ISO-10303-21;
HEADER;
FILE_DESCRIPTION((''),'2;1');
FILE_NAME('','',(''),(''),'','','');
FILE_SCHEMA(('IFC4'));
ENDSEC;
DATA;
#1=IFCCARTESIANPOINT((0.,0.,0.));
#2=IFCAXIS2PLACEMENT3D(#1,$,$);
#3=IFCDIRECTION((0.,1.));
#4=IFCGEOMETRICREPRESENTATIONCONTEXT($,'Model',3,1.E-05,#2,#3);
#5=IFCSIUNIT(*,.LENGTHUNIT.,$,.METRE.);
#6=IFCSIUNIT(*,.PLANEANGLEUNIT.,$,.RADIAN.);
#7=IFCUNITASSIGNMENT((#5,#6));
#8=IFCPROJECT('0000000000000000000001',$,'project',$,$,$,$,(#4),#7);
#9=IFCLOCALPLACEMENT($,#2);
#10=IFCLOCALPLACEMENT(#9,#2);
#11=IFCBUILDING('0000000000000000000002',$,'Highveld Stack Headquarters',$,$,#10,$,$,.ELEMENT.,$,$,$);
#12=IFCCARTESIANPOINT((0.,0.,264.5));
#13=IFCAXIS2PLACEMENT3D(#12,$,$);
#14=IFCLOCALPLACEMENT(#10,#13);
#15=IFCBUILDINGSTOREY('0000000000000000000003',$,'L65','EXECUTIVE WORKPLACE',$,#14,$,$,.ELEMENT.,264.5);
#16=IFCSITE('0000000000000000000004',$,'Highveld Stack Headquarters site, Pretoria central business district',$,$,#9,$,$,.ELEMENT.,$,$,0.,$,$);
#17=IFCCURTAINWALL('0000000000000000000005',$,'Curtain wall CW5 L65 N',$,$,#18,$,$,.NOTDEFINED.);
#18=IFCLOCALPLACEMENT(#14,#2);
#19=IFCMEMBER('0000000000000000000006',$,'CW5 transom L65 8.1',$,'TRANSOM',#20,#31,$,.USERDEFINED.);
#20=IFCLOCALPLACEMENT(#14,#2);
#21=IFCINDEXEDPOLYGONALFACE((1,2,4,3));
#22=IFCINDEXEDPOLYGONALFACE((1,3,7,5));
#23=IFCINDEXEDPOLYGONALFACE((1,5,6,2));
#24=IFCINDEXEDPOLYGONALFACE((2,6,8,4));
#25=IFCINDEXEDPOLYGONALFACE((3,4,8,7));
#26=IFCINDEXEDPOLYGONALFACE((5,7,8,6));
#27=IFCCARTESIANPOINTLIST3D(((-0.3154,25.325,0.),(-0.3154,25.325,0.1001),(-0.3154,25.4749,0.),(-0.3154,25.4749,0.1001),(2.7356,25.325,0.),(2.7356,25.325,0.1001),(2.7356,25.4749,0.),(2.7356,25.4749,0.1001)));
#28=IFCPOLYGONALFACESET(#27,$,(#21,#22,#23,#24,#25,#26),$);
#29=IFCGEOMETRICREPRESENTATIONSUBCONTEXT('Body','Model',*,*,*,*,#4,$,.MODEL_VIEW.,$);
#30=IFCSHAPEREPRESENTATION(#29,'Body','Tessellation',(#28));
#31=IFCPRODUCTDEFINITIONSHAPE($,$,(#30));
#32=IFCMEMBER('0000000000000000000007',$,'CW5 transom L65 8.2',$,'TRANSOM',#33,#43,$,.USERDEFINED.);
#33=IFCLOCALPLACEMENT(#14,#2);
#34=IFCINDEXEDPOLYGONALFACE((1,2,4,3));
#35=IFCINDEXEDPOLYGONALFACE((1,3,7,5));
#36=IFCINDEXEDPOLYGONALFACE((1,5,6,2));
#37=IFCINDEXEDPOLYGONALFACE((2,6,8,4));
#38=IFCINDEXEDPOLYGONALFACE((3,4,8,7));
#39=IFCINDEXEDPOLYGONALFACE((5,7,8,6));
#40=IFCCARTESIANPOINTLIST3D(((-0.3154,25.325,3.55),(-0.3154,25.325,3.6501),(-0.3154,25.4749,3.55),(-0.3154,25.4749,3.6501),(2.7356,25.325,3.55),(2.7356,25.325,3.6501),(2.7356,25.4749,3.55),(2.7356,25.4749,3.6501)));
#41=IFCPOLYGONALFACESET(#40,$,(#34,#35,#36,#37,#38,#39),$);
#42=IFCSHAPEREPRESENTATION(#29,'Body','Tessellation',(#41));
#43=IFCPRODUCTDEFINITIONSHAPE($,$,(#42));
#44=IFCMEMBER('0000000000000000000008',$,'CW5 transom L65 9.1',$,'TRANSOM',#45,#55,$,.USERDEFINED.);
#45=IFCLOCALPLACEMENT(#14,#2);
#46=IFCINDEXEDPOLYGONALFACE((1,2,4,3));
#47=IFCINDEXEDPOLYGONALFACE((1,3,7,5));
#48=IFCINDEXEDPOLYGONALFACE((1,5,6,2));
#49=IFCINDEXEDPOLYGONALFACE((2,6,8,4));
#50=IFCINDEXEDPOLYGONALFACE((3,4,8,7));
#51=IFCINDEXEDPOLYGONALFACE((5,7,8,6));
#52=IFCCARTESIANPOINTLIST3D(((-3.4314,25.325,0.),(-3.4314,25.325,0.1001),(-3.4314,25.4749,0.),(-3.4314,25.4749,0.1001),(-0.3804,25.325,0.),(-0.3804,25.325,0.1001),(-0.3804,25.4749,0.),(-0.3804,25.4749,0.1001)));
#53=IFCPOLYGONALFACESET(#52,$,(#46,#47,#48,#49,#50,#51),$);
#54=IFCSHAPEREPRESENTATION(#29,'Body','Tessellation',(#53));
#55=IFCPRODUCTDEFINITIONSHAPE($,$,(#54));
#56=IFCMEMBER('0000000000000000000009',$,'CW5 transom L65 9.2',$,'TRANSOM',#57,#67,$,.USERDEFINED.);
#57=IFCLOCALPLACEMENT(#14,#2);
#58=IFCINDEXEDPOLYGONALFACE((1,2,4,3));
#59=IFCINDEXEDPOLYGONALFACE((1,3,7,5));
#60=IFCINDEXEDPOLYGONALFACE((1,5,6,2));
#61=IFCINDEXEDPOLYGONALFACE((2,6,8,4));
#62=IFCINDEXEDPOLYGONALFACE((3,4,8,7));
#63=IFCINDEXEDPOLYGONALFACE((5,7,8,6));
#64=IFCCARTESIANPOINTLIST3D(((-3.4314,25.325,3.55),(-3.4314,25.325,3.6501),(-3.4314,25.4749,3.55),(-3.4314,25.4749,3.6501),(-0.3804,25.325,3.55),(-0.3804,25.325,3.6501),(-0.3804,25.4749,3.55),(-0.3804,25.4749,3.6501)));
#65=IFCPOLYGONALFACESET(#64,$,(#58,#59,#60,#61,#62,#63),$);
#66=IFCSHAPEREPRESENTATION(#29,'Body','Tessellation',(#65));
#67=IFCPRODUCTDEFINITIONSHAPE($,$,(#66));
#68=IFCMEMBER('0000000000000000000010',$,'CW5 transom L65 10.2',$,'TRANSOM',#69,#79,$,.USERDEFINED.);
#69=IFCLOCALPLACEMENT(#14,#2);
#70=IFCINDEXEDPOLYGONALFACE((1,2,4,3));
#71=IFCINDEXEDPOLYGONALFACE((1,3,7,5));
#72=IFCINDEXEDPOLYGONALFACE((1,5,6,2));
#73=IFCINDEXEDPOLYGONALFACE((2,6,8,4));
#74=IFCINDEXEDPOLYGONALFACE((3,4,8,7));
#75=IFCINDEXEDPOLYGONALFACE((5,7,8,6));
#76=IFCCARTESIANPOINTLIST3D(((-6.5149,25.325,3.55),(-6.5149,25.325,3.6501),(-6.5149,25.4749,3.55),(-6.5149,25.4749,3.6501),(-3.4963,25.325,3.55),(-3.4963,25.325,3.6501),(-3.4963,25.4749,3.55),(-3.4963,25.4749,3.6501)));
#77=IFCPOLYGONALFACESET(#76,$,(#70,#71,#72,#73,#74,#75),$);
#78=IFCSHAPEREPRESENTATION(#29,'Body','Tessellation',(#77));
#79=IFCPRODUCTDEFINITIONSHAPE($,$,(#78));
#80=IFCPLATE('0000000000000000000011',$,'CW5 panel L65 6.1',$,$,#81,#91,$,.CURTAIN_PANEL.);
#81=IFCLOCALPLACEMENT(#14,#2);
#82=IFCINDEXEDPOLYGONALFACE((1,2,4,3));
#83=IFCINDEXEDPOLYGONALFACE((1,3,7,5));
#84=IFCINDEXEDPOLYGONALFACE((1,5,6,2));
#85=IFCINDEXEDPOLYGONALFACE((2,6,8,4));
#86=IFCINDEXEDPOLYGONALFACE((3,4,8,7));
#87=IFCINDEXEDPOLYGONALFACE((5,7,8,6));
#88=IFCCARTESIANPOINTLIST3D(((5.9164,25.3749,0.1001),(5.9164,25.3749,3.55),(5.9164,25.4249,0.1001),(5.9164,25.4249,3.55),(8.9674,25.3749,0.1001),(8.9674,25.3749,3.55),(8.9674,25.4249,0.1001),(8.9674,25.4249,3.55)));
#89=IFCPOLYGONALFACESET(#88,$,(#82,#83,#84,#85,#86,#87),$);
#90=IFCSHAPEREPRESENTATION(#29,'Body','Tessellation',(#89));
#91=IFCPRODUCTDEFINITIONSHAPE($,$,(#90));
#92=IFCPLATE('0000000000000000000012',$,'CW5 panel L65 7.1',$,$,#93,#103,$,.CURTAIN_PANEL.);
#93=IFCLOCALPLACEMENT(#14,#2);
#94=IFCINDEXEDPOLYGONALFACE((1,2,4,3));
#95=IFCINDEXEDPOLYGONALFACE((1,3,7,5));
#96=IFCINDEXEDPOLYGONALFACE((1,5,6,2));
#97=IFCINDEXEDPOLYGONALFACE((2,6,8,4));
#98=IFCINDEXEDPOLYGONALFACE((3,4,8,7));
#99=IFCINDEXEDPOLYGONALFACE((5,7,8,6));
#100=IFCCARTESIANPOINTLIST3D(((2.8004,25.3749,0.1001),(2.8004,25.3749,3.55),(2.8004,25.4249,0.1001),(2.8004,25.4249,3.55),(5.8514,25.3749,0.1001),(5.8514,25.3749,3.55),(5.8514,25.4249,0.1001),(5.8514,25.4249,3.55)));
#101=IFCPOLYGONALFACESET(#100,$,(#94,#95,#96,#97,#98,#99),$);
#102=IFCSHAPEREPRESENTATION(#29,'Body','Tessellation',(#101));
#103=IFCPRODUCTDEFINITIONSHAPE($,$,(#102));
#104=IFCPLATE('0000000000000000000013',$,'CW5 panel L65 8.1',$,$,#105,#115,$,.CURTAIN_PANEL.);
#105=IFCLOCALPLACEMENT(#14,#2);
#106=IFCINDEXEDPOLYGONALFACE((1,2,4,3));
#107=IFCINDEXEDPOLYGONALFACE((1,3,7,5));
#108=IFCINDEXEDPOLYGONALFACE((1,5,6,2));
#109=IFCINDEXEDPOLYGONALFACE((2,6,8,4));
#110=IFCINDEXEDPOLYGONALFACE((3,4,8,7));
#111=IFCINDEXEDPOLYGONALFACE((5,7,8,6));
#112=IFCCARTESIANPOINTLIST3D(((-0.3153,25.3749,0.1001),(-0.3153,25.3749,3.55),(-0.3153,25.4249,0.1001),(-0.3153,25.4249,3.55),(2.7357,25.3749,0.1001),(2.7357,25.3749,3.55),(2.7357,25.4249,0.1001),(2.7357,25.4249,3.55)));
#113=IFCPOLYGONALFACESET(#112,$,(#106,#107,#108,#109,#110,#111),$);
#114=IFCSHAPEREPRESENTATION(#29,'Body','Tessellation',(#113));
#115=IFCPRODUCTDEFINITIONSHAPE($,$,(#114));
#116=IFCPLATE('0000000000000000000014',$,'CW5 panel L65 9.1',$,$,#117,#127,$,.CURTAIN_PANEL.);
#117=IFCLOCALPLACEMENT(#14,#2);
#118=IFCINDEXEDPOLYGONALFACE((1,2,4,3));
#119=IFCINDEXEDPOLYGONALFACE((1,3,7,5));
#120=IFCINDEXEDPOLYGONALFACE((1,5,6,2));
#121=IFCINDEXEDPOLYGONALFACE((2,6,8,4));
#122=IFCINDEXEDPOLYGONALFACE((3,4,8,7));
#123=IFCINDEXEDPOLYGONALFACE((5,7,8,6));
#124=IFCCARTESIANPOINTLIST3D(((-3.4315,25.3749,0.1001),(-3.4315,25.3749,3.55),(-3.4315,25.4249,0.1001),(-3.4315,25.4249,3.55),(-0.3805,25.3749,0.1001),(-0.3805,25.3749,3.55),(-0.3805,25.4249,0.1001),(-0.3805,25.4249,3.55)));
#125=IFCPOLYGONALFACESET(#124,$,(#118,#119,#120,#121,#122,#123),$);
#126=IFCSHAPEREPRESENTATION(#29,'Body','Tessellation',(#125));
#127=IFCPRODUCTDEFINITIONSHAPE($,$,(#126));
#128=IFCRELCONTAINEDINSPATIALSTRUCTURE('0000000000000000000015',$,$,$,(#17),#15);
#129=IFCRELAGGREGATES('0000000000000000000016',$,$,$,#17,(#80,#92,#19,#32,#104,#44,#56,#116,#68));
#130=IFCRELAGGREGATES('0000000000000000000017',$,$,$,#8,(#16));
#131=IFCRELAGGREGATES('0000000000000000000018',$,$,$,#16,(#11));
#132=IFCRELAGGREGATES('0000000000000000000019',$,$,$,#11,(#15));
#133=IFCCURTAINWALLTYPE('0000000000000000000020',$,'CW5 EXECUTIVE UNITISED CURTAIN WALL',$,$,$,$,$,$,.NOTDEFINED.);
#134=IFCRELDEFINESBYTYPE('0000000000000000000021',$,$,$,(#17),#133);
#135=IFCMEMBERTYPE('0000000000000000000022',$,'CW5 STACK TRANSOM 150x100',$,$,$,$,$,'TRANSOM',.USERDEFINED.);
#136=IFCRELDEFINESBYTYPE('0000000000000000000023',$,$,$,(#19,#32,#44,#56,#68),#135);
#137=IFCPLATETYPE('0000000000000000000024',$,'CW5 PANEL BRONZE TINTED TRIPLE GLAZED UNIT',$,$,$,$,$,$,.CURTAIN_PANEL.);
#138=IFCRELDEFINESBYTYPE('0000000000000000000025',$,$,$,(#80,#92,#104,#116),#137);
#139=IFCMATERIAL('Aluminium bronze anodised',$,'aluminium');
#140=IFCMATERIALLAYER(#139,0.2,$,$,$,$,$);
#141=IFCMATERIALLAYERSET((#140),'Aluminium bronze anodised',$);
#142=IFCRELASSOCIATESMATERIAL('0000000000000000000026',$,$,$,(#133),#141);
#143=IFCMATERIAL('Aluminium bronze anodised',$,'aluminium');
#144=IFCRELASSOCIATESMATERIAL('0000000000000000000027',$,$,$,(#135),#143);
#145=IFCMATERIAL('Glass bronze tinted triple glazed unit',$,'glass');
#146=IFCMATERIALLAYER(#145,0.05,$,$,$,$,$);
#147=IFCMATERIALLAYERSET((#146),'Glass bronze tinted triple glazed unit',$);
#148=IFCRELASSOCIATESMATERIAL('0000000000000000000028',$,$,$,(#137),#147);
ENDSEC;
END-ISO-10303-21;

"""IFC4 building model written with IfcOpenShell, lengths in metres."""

from ifc_helpers import new_model, si_unit, direction, frame, origin, origin_2d, place, context, subcontext, project, spatial, rectangle, extrude, material, layer, layer_set, material_profile, profile_set, type_object, element, aggregate, save


model = new_model("IFC4")

# Units and contexts
model_context = context("Model", 3, precision=1e-05, world=origin(), true_north=direction((0.0, 1.0)))
body_context = subcontext(model_context, "Body", "Model", "MODEL_VIEW")
ifc_project = project(units=[si_unit("LENGTHUNIT", "METRE"), si_unit("PLANEANGLEUNIT", "RADIAN")], contexts=[model_context])

# Site, building, storey
site_placement = place(None, origin())
site = spatial("IfcSite", under=ifc_project, at=site_placement, Name="Highveld Stack Headquarters site, Pretoria central business district", CompositionType="ELEMENT", RefElevation=0.0)
building_placement = place(site_placement, origin())
building = spatial("IfcBuilding", under=site, at=building_placement, Name="Highveld Stack Headquarters", CompositionType="ELEMENT")
storey_placement = place(building_placement, frame((0.0, 0.0, 264.5)))
storey = spatial("IfcBuildingStorey", under=building, at=storey_placement, Name="L65", Description="EXECUTIVE WORKPLACE", CompositionType="ELEMENT", Elevation=264.5)

# Curtain wall, members, plates
ifc_material_1 = material(Name="Aluminium bronze anodised", Category="aluminium")
ifc_layer_1 = layer(ifc_material_1, 0.2)
ifc_layer_set_1 = layer_set([ifc_layer_1], Name="Aluminium bronze anodised")
curtain_wall_type = type_object("IfcCurtainWallType", Name="CW5 EXECUTIVE UNITISED CURTAIN WALL", PredefinedType="NOTDEFINED", material=ifc_layer_set_1)
curtain_wall_placement = place(storey_placement, origin())
curtain_wall = element("IfcCurtainWall", 1, at=curtain_wall_placement, inside=storey, type_object=curtain_wall_type, Name="Curtain wall CW5 L65 N", PredefinedType="NOTDEFINED")
ifc_material_2 = material(Name="Aluminium bronze anodised", Category="aluminium")
ifc_material_profile_1 = material_profile(ifc_material_2, rectangle(XDim=0.1499, YDim=0.1001, at=origin_2d()), Name="CW5 TRANSOM 150x100")
ifc_profile_set_1 = profile_set([ifc_material_profile_1], Name="Aluminium bronze anodised")
member_type_1 = type_object("IfcMemberType", Name="CW5 STACK TRANSOM 150x100", ElementType="TRANSOM", PredefinedType="USERDEFINED", material=ifc_profile_set_1)
member_1_placement = place(storey_placement, frame((2.7356, 25.3999, 0.05), z_axis=(-1.0, 0.0, 0.0), x_axis=(0.0, -1.0, 0.0)))
member_1 = element("IfcMember", 2, at=member_1_placement, type_object=member_type_1, Name="CW5 transom L65 8.1", ObjectType="TRANSOM", PredefinedType="USERDEFINED", context=body_context, shape_type="SweptSolid", body=[
    extrude(rectangle(XDim=0.1499, YDim=0.1001, at=origin_2d()), origin(), (0.0, 0.0, 1.0), 3.051),
])
member_2_placement = place(storey_placement, frame((2.7356, 25.3999, 3.6001), z_axis=(-1.0, 0.0, 0.0), x_axis=(0.0, -1.0, 0.0)))
member_2 = element("IfcMember", 3, at=member_2_placement, type_object=member_type_1, Name="CW5 transom L65 8.2", ObjectType="TRANSOM", PredefinedType="USERDEFINED", context=body_context, shape_type="SweptSolid", body=[
    extrude(rectangle(XDim=0.1499, YDim=0.1001, at=origin_2d()), origin(), (0.0, 0.0, 1.0), 3.051),
])
member_3_placement = place(storey_placement, frame((-0.3804, 25.3999, 0.05), z_axis=(-1.0, 0.0, 0.0), x_axis=(0.0, -1.0, 0.0)))
member_3 = element("IfcMember", 4, at=member_3_placement, type_object=member_type_1, Name="CW5 transom L65 9.1", ObjectType="TRANSOM", PredefinedType="USERDEFINED", context=body_context, shape_type="SweptSolid", body=[
    extrude(rectangle(XDim=0.1499, YDim=0.1001, at=origin_2d()), origin(), (0.0, 0.0, 1.0), 3.051),
])
member_4_placement = place(storey_placement, frame((-0.3804, 25.3999, 3.6001), z_axis=(-1.0, 0.0, 0.0), x_axis=(0.0, -1.0, 0.0)))
member_4 = element("IfcMember", 5, at=member_4_placement, type_object=member_type_1, Name="CW5 transom L65 9.2", ObjectType="TRANSOM", PredefinedType="USERDEFINED", context=body_context, shape_type="SweptSolid", body=[
    extrude(rectangle(XDim=0.1499, YDim=0.1001, at=origin_2d()), origin(), (0.0, 0.0, 1.0), 3.051),
])
member_5_placement = place(storey_placement, frame((-3.4963, 25.3999, 3.6001), z_axis=(-1.0, 0.0, 0.0), x_axis=(0.0, -1.0, 0.0)))
member_5 = element("IfcMember", 6, at=member_5_placement, type_object=member_type_1, Name="CW5 transom L65 10.2", ObjectType="TRANSOM", PredefinedType="USERDEFINED", context=body_context, shape_type="SweptSolid", body=[
    extrude(rectangle(XDim=0.1499, YDim=0.1001, at=origin_2d()), origin(), (0.0, 0.0, 1.0), 3.0186),
])
ifc_material_3 = material(Name="Glass bronze tinted triple glazed unit", Category="glass")
ifc_layer_2 = layer(ifc_material_3, 0.05)
ifc_layer_set_2 = layer_set([ifc_layer_2], Name="Glass bronze tinted triple glazed unit")
plate_type = type_object("IfcPlateType", Name="CW5 PANEL BRONZE TINTED TRIPLE GLAZED UNIT", PredefinedType="CURTAIN_PANEL", material=ifc_layer_set_2)
plate_1_placement = place(storey_placement, frame((7.4419, 25.3999, 0.1001), z_axis=(0.0, 0.0, 1.0), x_axis=(-1.0, 0.0, 0.0)))
plate_1 = element("IfcPlate", 7, at=plate_1_placement, type_object=plate_type, Name="CW5 panel L65 6.1", PredefinedType="CURTAIN_PANEL", context=body_context, shape_type="SweptSolid", body=[
    extrude(rectangle(XDim=3.051, YDim=0.05, at=origin_2d()), origin(), (0.0, 0.0, 1.0), 3.45),
])
plate_2_placement = place(storey_placement, frame((4.3259, 25.3999, 0.1001), z_axis=(0.0, 0.0, 1.0), x_axis=(-1.0, 0.0, 0.0)))
plate_2 = element("IfcPlate", 8, at=plate_2_placement, type_object=plate_type, Name="CW5 panel L65 7.1", PredefinedType="CURTAIN_PANEL", context=body_context, shape_type="SweptSolid", body=[
    extrude(rectangle(XDim=3.051, YDim=0.05, at=origin_2d()), origin(), (0.0, 0.0, 1.0), 3.45),
])
plate_3_placement = place(storey_placement, frame((1.2102, 25.3999, 0.1001), z_axis=(0.0, 0.0, 1.0), x_axis=(-1.0, 0.0, 0.0)))
plate_3 = element("IfcPlate", 9, at=plate_3_placement, type_object=plate_type, Name="CW5 panel L65 8.1", PredefinedType="CURTAIN_PANEL", context=body_context, shape_type="SweptSolid", body=[
    extrude(rectangle(XDim=3.051, YDim=0.05, at=origin_2d()), origin(), (0.0, 0.0, 1.0), 3.45),
])
plate_4_placement = place(storey_placement, frame((-1.906, 25.3999, 0.1001), z_axis=(0.0, 0.0, 1.0), x_axis=(-1.0, 0.0, 0.0)))
plate_4 = element("IfcPlate", 10, at=plate_4_placement, type_object=plate_type, Name="CW5 panel L65 9.1", PredefinedType="CURTAIN_PANEL", context=body_context, shape_type="SweptSolid", body=[
    extrude(rectangle(XDim=3.051, YDim=0.05, at=origin_2d()), origin(), (0.0, 0.0, 1.0), 3.45),
])
aggregate(curtain_wall, [plate_1, plate_2, member_1, member_2, plate_3, member_3, member_4, plate_4, member_5])

save(model, "model.ifc")
